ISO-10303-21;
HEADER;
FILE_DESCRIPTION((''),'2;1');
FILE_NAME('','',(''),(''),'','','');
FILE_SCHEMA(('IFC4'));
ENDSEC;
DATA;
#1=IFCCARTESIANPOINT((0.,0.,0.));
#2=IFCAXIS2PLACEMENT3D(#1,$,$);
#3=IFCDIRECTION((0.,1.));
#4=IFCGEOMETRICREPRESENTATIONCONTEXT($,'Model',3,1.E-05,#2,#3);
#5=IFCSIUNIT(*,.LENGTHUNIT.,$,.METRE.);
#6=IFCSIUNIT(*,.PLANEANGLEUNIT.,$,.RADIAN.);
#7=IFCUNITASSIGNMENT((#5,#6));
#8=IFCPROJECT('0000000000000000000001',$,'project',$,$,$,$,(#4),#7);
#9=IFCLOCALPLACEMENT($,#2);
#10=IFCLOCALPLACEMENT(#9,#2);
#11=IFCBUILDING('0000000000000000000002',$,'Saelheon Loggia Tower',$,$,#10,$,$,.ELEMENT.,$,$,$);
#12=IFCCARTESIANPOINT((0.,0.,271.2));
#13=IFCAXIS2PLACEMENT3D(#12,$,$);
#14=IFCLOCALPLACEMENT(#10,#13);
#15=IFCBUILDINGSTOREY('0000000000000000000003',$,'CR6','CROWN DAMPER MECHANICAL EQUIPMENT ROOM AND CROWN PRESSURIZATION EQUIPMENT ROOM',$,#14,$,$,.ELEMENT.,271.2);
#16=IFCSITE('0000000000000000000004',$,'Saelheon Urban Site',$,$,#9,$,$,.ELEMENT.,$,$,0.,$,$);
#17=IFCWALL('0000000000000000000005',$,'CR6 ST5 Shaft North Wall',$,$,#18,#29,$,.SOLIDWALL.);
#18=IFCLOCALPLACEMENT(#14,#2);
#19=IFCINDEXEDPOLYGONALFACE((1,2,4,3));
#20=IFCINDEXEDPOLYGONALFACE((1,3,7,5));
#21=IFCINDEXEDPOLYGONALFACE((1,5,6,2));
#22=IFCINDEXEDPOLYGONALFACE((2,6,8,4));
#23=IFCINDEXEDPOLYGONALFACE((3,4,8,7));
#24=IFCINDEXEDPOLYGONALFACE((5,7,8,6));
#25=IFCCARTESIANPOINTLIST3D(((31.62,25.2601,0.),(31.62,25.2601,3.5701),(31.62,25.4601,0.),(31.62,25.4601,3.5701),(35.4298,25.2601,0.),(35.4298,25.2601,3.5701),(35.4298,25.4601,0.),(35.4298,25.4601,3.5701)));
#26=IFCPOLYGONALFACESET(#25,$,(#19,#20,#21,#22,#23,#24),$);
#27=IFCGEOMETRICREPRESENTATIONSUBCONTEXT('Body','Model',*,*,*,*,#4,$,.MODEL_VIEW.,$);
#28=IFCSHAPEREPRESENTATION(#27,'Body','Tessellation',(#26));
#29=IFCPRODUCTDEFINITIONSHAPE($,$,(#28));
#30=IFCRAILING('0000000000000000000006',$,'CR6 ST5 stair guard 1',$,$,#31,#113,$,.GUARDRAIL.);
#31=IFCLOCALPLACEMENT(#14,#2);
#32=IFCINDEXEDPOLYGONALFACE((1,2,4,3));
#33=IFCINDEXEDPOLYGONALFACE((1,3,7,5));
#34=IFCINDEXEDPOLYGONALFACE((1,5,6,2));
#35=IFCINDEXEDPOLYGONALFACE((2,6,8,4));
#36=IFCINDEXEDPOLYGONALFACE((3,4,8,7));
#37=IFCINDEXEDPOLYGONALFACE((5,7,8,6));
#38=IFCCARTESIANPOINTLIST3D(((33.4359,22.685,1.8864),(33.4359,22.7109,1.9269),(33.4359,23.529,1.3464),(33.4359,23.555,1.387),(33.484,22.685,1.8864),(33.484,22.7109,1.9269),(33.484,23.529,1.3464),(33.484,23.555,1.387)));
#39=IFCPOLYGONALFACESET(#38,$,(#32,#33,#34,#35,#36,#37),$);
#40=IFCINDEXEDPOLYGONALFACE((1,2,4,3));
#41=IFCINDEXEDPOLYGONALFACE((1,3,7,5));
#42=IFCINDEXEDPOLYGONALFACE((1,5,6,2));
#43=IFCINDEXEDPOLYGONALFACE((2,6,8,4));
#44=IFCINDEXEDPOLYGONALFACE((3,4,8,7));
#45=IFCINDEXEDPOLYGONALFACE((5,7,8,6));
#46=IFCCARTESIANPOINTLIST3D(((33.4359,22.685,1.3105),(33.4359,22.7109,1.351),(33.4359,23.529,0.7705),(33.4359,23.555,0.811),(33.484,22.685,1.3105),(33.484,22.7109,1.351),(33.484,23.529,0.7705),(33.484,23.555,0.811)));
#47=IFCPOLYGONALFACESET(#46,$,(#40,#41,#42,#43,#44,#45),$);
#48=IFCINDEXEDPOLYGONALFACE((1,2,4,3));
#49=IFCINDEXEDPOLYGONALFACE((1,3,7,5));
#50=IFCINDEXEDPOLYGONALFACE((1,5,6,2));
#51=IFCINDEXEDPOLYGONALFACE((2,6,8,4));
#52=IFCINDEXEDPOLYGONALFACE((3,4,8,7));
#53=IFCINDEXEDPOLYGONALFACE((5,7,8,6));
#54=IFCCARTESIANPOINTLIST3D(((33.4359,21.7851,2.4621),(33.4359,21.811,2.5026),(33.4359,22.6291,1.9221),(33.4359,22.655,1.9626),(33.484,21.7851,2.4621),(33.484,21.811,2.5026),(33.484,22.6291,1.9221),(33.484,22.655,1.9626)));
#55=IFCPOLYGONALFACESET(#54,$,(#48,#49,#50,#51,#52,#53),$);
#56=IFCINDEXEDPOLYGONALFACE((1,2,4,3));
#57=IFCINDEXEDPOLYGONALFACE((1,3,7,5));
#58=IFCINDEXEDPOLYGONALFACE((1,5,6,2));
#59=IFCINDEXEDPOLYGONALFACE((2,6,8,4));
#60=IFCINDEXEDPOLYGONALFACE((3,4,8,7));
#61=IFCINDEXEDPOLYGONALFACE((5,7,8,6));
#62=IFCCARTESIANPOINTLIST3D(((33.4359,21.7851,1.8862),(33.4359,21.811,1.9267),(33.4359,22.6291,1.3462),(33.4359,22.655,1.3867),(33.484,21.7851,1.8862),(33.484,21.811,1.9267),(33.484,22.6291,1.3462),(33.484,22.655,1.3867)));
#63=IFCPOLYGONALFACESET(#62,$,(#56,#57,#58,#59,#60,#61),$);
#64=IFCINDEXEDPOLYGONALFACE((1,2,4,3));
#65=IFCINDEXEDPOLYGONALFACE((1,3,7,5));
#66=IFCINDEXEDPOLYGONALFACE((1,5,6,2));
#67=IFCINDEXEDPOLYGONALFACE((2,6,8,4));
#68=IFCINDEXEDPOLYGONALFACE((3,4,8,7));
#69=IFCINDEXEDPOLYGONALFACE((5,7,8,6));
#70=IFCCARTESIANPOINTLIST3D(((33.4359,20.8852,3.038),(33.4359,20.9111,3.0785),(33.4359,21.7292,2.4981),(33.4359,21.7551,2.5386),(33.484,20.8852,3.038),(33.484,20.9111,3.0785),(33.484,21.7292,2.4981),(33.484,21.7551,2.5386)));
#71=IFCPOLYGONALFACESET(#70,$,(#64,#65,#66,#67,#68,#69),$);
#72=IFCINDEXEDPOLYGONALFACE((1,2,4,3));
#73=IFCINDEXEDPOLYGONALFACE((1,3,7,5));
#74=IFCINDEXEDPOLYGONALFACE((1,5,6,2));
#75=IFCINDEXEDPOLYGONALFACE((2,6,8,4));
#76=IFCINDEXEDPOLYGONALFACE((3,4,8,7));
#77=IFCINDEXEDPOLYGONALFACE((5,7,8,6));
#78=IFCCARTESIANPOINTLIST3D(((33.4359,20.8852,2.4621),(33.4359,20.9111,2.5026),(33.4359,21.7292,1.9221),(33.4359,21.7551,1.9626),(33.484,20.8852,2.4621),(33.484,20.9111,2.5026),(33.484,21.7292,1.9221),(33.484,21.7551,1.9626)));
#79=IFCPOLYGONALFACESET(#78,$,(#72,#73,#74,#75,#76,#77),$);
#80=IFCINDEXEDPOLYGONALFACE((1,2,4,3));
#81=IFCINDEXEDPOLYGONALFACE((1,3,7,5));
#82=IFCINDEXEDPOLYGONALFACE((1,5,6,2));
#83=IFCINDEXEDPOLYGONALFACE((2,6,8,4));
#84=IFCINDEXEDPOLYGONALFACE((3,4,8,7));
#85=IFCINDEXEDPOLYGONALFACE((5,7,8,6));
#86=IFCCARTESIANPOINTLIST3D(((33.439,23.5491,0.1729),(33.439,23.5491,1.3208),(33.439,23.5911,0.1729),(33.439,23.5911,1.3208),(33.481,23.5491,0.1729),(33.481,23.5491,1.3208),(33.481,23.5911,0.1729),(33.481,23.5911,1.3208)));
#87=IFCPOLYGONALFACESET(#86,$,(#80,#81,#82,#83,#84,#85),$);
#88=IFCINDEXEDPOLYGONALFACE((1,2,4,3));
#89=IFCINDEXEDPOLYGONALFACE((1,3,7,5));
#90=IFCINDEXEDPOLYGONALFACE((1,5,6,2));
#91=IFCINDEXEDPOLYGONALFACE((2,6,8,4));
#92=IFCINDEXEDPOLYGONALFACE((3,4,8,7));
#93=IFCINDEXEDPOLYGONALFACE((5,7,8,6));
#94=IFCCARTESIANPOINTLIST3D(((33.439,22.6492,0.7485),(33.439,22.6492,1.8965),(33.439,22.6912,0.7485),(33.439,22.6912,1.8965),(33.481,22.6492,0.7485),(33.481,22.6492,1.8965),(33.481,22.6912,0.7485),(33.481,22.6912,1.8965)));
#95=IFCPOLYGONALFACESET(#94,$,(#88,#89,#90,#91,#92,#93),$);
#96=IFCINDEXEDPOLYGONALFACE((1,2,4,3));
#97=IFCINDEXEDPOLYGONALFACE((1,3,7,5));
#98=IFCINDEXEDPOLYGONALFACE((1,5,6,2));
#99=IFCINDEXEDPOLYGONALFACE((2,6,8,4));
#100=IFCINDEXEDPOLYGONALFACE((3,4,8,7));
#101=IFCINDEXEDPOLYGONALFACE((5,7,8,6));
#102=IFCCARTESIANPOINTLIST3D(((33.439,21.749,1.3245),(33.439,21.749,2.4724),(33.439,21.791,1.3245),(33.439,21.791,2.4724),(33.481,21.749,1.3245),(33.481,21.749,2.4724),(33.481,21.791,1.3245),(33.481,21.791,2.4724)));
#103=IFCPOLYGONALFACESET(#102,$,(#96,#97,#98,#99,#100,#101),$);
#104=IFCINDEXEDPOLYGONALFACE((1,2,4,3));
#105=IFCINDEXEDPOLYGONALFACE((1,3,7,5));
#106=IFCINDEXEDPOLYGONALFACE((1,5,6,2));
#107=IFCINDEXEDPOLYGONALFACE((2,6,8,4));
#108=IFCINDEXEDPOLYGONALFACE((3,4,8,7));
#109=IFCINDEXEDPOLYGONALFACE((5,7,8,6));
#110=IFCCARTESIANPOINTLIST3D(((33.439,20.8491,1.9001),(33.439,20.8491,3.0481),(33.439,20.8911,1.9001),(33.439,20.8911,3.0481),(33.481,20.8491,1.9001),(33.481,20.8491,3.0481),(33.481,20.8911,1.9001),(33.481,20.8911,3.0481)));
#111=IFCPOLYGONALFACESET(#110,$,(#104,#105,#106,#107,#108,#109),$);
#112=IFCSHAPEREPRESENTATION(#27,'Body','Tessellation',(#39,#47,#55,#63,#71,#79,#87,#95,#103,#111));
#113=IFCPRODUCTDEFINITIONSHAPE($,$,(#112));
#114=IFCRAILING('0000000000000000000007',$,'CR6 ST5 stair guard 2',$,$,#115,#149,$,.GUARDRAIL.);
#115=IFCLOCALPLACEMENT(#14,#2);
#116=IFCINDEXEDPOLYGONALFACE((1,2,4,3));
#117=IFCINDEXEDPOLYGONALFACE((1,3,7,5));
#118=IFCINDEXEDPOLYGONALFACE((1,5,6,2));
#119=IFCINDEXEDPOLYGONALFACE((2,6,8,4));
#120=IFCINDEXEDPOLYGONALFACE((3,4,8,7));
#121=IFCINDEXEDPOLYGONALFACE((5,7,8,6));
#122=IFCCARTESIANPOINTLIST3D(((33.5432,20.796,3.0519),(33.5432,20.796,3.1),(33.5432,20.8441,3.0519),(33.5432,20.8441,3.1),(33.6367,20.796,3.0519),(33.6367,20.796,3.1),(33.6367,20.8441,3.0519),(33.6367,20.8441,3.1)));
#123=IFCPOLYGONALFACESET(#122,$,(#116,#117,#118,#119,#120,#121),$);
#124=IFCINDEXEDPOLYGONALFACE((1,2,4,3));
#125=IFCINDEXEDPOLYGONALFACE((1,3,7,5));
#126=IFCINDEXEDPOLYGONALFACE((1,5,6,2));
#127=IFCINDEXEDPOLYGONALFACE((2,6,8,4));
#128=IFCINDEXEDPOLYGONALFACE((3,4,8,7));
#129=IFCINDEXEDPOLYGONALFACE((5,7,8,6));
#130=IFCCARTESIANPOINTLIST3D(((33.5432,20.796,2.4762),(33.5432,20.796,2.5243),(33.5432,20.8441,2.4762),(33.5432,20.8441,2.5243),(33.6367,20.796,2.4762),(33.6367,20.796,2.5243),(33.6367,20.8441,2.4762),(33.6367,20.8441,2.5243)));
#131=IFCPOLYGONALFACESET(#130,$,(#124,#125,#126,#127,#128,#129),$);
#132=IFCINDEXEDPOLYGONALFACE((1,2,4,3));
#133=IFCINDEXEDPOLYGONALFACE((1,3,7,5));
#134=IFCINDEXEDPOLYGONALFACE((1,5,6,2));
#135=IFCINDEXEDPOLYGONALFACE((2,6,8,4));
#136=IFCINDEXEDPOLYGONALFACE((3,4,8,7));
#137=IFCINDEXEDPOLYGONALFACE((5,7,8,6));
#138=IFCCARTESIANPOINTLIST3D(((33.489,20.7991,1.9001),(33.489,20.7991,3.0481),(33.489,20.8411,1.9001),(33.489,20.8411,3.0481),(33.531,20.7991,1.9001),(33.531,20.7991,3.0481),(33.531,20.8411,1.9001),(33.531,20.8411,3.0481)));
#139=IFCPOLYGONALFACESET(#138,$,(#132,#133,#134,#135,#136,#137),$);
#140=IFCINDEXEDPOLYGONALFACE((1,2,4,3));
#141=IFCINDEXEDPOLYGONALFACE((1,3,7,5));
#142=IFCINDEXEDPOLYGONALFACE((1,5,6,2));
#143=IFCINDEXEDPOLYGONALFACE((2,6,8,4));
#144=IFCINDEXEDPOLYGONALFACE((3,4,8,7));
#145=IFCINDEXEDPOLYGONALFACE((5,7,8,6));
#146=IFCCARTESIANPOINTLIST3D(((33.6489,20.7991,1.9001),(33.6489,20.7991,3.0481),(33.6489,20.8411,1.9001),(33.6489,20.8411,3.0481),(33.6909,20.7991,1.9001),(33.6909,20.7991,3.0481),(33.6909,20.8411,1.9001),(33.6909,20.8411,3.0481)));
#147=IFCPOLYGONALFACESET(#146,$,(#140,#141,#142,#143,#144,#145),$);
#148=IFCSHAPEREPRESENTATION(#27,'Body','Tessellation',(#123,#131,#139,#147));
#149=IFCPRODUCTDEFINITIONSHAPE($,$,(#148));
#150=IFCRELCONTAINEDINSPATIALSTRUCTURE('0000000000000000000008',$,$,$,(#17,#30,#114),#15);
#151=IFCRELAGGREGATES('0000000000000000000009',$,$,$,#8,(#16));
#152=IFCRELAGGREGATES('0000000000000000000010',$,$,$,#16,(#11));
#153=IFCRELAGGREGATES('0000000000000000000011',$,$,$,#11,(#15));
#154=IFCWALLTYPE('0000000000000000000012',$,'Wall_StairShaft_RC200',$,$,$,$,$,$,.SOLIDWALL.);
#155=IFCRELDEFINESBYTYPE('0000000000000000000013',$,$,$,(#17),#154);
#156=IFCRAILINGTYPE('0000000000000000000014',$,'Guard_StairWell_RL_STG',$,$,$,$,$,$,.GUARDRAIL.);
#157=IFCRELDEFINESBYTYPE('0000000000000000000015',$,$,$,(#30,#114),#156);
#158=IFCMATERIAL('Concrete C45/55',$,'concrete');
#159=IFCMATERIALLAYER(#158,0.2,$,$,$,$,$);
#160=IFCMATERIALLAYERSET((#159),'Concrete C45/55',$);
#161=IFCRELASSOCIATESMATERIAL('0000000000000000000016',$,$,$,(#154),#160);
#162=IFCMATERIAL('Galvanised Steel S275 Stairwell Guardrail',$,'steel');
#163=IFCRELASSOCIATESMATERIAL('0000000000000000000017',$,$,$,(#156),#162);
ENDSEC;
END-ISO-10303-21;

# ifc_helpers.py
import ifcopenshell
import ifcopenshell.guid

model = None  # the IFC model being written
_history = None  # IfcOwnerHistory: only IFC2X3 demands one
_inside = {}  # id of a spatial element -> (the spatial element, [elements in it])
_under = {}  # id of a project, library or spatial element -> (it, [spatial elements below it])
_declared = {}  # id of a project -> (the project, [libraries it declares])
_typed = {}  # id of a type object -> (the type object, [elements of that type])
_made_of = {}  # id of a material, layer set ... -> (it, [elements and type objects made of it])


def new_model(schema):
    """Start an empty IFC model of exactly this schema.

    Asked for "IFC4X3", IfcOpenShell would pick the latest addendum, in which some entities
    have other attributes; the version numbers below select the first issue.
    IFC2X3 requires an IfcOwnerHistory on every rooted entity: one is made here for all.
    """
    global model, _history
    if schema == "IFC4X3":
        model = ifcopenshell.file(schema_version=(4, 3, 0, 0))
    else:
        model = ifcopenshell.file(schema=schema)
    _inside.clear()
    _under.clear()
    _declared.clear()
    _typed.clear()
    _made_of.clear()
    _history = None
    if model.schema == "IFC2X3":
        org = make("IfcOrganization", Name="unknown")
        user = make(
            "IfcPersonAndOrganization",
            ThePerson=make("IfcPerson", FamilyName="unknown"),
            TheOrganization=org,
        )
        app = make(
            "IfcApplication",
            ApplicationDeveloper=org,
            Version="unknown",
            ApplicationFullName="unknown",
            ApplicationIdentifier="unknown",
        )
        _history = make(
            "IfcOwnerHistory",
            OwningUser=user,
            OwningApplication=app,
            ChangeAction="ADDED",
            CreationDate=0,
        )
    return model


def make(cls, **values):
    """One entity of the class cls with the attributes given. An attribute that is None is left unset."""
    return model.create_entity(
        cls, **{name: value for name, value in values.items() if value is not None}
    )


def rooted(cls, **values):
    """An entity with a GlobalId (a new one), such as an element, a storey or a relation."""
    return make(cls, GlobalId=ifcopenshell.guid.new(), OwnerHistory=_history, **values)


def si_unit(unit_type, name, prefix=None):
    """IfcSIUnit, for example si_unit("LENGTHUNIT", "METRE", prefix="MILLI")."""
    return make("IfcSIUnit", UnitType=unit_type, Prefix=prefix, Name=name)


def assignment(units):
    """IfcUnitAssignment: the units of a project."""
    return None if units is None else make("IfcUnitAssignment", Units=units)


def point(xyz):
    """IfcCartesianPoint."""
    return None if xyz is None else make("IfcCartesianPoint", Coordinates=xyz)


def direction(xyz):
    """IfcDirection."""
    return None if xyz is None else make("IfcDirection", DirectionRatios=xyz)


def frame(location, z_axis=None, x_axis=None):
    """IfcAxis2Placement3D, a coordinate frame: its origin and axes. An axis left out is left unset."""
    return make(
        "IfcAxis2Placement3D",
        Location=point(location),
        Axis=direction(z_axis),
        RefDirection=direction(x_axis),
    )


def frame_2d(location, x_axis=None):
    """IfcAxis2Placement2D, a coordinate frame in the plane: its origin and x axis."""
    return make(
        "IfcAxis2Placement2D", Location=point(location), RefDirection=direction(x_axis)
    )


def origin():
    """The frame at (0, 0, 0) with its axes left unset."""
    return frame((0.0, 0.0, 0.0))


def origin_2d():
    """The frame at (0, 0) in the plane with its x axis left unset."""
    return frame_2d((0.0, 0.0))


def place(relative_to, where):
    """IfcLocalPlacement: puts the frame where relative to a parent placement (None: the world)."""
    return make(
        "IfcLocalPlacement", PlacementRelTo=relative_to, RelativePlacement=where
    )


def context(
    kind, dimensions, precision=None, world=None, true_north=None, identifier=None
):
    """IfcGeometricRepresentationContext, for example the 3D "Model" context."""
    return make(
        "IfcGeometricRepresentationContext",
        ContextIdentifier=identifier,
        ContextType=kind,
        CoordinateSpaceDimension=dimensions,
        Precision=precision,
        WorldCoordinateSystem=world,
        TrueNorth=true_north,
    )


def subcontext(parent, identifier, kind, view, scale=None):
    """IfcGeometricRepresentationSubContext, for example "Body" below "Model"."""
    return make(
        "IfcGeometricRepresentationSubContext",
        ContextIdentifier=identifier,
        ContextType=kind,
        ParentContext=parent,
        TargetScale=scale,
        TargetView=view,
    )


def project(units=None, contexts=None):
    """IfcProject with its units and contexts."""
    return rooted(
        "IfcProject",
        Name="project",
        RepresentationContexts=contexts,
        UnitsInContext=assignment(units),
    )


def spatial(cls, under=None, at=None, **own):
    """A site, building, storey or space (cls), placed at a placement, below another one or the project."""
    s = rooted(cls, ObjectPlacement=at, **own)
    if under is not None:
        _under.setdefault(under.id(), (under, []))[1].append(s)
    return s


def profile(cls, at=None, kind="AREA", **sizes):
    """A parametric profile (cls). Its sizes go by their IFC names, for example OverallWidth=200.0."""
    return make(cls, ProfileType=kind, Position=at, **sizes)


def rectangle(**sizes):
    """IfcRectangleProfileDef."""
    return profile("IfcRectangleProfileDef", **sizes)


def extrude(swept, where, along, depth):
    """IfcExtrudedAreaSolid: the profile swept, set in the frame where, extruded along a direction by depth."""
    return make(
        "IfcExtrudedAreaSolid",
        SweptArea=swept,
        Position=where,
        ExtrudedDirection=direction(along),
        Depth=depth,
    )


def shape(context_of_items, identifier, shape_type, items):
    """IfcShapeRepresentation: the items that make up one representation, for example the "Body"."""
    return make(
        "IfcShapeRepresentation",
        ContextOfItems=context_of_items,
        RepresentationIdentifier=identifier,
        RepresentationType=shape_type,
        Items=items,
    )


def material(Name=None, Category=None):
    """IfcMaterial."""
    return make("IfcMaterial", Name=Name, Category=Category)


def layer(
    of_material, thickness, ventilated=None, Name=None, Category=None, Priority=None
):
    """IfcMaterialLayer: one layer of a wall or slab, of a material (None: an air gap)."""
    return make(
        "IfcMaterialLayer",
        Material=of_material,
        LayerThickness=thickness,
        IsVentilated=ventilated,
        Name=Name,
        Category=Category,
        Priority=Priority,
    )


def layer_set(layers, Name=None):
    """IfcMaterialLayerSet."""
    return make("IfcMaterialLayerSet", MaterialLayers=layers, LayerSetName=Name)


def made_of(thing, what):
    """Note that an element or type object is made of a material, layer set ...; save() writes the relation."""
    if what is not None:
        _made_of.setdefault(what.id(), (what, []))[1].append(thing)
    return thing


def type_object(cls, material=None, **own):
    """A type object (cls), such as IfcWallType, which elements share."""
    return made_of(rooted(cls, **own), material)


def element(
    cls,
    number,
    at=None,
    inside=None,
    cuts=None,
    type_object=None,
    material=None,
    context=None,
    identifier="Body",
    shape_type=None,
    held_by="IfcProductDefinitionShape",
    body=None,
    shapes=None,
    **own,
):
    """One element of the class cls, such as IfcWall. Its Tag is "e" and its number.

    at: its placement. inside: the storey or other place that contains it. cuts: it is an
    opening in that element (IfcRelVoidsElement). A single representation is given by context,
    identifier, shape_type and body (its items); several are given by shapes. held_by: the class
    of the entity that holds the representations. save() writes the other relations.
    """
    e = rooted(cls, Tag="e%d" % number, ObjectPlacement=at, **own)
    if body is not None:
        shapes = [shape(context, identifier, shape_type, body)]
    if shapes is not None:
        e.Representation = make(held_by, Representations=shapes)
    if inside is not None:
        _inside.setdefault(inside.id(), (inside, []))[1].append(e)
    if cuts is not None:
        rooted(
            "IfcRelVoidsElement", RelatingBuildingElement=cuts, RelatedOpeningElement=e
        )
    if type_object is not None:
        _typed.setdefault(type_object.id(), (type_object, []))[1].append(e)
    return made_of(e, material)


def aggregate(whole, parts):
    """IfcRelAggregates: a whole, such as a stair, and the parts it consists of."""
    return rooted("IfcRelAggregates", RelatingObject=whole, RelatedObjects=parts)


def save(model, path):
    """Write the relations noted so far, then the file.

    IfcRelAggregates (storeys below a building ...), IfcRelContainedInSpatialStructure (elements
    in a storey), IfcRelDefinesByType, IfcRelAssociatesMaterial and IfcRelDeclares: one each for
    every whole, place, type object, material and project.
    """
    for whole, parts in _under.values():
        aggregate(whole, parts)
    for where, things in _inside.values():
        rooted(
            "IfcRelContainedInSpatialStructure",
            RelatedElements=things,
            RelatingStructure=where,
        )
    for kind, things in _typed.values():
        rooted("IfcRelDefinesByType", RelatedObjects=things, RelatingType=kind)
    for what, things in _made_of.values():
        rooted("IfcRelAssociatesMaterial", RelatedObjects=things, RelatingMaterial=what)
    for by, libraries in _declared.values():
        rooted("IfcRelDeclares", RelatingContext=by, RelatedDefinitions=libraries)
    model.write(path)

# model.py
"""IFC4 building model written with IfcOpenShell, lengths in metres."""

from ifc_helpers import new_model, si_unit, direction, frame, frame_2d, origin, origin_2d, place, context, subcontext, project, spatial, rectangle, extrude, material, layer, layer_set, type_object, element, save


model = new_model("IFC4")

# Units and contexts
model_context = context("Model", 3, precision=1e-05, world=origin(), true_north=direction((0.0, 1.0)))
body_context = subcontext(model_context, "Body", "Model", "MODEL_VIEW")
ifc_project = project(units=[si_unit("LENGTHUNIT", "METRE"), si_unit("PLANEANGLEUNIT", "RADIAN")], contexts=[model_context])

# Site, building, storey
site_placement = place(None, origin())
site = spatial("IfcSite", under=ifc_project, at=site_placement, Name="Saelheon Urban Site", CompositionType="ELEMENT", RefElevation=0.0)
building_placement = place(site_placement, origin())
building = spatial("IfcBuilding", under=site, at=building_placement, Name="Saelheon Loggia Tower", CompositionType="ELEMENT")
storey_placement = place(building_placement, frame((0.0, 0.0, 271.2)))
storey = spatial("IfcBuildingStorey", under=building, at=storey_placement, Name="CR6", Description="CROWN DAMPER MECHANICAL EQUIPMENT ROOM AND CROWN PRESSURIZATION EQUIPMENT ROOM", CompositionType="ELEMENT", Elevation=271.2)

# Shared definitions
ifc_material_1 = material(Name="Concrete C45/55", Category="concrete")
ifc_layer_1 = layer(ifc_material_1, 0.2)
ifc_layer_set_1 = layer_set([ifc_layer_1], Name="Concrete C45/55")
wall_type_1 = type_object("IfcWallType", Name="Wall_StairShaft_RC200", PredefinedType="SOLIDWALL", material=ifc_layer_set_1)

# Wall
wall_1_placement = place(storey_placement, frame((31.6201, 25.3601, 0.0), z_axis=(0.0, 0.0, 1.0), x_axis=(1.0, 0.0, 0.0)))
element("IfcWall", 1, at=wall_1_placement, inside=storey, type_object=wall_type_1, Name="CR6 ST5 Shaft North Wall", PredefinedType="SOLIDWALL", context=body_context, shape_type="SweptSolid", body=[
    extrude(rectangle(XDim=3.8098, YDim=0.2, at=frame_2d((1.9048, 0.0))), origin(), (0.0, 0.0, 1.0), 3.5701),
])

# Railings
ifc_material_2 = material(Name="Galvanised Steel S275 Stairwell Guardrail", Category="steel")
railing_type_1 = type_object("IfcRailingType", Name="Guard_StairWell_RL_STG", PredefinedType="GUARDRAIL", material=ifc_material_2)
railing_1_placement = place(storey_placement, frame((33.46, 23.5701, 0.1729)))
element("IfcRailing", 2, at=railing_1_placement, inside=storey, type_object=railing_type_1, Name="CR6 ST5 stair guard 1", PredefinedType="GUARDRAIL", context=body_context, shape_type="SweptSolid", body=[
    extrude(rectangle(XDim=0.0481, YDim=0.0481, at=origin_2d()), frame((0.0, -0.0281, 1.1938), z_axis=(0.0, -0.842367, 0.538905), x_axis=(1.0, 0.0, 0.0)), (0.0, 0.0, 1.0), 1.002),
    extrude(rectangle(XDim=0.0481, YDim=0.0481, at=origin_2d()), frame((0.0, -0.0281, 0.6179), z_axis=(0.0, -0.842367, 0.538905), x_axis=(1.0, 0.0, 0.0)), (0.0, 0.0, 1.0), 1.002),
    extrude(rectangle(XDim=0.0481, YDim=0.0481, at=origin_2d()), frame((0.0, -0.928, 1.7695), z_axis=(0.0, -0.842367, 0.538905), x_axis=(1.0, 0.0, 0.0)), (0.0, 0.0, 1.0), 1.002),
    extrude(rectangle(XDim=0.0481, YDim=0.0481, at=origin_2d()), frame((0.0, -0.928, 1.1936), z_axis=(0.0, -0.842367, 0.538905), x_axis=(1.0, 0.0, 0.0)), (0.0, 0.0, 1.0), 1.002),
    extrude(rectangle(XDim=0.0481, YDim=0.0481, at=origin_2d()), frame((0.0, -1.8279, 2.3455), z_axis=(0.0, -0.842367, 0.538905), x_axis=(1.0, 0.0, 0.0)), (0.0, 0.0, 1.0), 1.002),
    extrude(rectangle(XDim=0.0481, YDim=0.0481, at=origin_2d()), frame((0.0, -1.8279, 1.7695), z_axis=(0.0, -0.842367, 0.538905), x_axis=(1.0, 0.0, 0.0)), (0.0, 0.0, 1.0), 1.002),
    extrude(rectangle(XDim=0.042, YDim=0.042, at=origin_2d()), origin(), (0.0, 0.0, 1.0), 1.1479),
    extrude(rectangle(XDim=0.042, YDim=0.042, at=origin_2d()), frame((0.0, -0.8999, 0.5757)), (0.0, 0.0, 1.0), 1.1479),
    extrude(rectangle(XDim=0.042, YDim=0.042, at=origin_2d()), frame((0.0, -1.8, 1.1516)), (0.0, 0.0, 1.0), 1.1479),
    extrude(rectangle(XDim=0.042, YDim=0.042, at=origin_2d()), frame((0.0, -2.7, 1.7273)), (0.0, 0.0, 1.0), 1.1479),
])
railing_2_placement = place(storey_placement, frame((33.51, 20.8201, 1.9001)))
element("IfcRailing", 3, at=railing_2_placement, inside=storey, type_object=railing_type_1, Name="CR6 ST5 stair guard 2", PredefinedType="GUARDRAIL", context=body_context, shape_type="SweptSolid", body=[
    extrude(rectangle(XDim=0.0481, YDim=0.0481, at=origin_2d()), frame((0.0332, 0.0, 1.1758), z_axis=(1.0, 0.0, 0.0), x_axis=(0.0, 1.0, 0.0)), (0.0, 0.0, 1.0), 0.0935),
    extrude(rectangle(XDim=0.0481, YDim=0.0481, at=origin_2d()), frame((0.0332, 0.0, 0.6001), z_axis=(1.0, 0.0, 0.0), x_axis=(0.0, 1.0, 0.0)), (0.0, 0.0, 1.0), 0.0935),
    extrude(rectangle(XDim=0.042, YDim=0.042, at=origin_2d()), origin(), (0.0, 0.0, 1.0), 1.1479),
    extrude(rectangle(XDim=0.042, YDim=0.042, at=origin_2d()), frame((0.1599, 0.0, 0.0)), (0.0, 0.0, 1.0), 1.1479),
])

save(model, "model.ifc")
